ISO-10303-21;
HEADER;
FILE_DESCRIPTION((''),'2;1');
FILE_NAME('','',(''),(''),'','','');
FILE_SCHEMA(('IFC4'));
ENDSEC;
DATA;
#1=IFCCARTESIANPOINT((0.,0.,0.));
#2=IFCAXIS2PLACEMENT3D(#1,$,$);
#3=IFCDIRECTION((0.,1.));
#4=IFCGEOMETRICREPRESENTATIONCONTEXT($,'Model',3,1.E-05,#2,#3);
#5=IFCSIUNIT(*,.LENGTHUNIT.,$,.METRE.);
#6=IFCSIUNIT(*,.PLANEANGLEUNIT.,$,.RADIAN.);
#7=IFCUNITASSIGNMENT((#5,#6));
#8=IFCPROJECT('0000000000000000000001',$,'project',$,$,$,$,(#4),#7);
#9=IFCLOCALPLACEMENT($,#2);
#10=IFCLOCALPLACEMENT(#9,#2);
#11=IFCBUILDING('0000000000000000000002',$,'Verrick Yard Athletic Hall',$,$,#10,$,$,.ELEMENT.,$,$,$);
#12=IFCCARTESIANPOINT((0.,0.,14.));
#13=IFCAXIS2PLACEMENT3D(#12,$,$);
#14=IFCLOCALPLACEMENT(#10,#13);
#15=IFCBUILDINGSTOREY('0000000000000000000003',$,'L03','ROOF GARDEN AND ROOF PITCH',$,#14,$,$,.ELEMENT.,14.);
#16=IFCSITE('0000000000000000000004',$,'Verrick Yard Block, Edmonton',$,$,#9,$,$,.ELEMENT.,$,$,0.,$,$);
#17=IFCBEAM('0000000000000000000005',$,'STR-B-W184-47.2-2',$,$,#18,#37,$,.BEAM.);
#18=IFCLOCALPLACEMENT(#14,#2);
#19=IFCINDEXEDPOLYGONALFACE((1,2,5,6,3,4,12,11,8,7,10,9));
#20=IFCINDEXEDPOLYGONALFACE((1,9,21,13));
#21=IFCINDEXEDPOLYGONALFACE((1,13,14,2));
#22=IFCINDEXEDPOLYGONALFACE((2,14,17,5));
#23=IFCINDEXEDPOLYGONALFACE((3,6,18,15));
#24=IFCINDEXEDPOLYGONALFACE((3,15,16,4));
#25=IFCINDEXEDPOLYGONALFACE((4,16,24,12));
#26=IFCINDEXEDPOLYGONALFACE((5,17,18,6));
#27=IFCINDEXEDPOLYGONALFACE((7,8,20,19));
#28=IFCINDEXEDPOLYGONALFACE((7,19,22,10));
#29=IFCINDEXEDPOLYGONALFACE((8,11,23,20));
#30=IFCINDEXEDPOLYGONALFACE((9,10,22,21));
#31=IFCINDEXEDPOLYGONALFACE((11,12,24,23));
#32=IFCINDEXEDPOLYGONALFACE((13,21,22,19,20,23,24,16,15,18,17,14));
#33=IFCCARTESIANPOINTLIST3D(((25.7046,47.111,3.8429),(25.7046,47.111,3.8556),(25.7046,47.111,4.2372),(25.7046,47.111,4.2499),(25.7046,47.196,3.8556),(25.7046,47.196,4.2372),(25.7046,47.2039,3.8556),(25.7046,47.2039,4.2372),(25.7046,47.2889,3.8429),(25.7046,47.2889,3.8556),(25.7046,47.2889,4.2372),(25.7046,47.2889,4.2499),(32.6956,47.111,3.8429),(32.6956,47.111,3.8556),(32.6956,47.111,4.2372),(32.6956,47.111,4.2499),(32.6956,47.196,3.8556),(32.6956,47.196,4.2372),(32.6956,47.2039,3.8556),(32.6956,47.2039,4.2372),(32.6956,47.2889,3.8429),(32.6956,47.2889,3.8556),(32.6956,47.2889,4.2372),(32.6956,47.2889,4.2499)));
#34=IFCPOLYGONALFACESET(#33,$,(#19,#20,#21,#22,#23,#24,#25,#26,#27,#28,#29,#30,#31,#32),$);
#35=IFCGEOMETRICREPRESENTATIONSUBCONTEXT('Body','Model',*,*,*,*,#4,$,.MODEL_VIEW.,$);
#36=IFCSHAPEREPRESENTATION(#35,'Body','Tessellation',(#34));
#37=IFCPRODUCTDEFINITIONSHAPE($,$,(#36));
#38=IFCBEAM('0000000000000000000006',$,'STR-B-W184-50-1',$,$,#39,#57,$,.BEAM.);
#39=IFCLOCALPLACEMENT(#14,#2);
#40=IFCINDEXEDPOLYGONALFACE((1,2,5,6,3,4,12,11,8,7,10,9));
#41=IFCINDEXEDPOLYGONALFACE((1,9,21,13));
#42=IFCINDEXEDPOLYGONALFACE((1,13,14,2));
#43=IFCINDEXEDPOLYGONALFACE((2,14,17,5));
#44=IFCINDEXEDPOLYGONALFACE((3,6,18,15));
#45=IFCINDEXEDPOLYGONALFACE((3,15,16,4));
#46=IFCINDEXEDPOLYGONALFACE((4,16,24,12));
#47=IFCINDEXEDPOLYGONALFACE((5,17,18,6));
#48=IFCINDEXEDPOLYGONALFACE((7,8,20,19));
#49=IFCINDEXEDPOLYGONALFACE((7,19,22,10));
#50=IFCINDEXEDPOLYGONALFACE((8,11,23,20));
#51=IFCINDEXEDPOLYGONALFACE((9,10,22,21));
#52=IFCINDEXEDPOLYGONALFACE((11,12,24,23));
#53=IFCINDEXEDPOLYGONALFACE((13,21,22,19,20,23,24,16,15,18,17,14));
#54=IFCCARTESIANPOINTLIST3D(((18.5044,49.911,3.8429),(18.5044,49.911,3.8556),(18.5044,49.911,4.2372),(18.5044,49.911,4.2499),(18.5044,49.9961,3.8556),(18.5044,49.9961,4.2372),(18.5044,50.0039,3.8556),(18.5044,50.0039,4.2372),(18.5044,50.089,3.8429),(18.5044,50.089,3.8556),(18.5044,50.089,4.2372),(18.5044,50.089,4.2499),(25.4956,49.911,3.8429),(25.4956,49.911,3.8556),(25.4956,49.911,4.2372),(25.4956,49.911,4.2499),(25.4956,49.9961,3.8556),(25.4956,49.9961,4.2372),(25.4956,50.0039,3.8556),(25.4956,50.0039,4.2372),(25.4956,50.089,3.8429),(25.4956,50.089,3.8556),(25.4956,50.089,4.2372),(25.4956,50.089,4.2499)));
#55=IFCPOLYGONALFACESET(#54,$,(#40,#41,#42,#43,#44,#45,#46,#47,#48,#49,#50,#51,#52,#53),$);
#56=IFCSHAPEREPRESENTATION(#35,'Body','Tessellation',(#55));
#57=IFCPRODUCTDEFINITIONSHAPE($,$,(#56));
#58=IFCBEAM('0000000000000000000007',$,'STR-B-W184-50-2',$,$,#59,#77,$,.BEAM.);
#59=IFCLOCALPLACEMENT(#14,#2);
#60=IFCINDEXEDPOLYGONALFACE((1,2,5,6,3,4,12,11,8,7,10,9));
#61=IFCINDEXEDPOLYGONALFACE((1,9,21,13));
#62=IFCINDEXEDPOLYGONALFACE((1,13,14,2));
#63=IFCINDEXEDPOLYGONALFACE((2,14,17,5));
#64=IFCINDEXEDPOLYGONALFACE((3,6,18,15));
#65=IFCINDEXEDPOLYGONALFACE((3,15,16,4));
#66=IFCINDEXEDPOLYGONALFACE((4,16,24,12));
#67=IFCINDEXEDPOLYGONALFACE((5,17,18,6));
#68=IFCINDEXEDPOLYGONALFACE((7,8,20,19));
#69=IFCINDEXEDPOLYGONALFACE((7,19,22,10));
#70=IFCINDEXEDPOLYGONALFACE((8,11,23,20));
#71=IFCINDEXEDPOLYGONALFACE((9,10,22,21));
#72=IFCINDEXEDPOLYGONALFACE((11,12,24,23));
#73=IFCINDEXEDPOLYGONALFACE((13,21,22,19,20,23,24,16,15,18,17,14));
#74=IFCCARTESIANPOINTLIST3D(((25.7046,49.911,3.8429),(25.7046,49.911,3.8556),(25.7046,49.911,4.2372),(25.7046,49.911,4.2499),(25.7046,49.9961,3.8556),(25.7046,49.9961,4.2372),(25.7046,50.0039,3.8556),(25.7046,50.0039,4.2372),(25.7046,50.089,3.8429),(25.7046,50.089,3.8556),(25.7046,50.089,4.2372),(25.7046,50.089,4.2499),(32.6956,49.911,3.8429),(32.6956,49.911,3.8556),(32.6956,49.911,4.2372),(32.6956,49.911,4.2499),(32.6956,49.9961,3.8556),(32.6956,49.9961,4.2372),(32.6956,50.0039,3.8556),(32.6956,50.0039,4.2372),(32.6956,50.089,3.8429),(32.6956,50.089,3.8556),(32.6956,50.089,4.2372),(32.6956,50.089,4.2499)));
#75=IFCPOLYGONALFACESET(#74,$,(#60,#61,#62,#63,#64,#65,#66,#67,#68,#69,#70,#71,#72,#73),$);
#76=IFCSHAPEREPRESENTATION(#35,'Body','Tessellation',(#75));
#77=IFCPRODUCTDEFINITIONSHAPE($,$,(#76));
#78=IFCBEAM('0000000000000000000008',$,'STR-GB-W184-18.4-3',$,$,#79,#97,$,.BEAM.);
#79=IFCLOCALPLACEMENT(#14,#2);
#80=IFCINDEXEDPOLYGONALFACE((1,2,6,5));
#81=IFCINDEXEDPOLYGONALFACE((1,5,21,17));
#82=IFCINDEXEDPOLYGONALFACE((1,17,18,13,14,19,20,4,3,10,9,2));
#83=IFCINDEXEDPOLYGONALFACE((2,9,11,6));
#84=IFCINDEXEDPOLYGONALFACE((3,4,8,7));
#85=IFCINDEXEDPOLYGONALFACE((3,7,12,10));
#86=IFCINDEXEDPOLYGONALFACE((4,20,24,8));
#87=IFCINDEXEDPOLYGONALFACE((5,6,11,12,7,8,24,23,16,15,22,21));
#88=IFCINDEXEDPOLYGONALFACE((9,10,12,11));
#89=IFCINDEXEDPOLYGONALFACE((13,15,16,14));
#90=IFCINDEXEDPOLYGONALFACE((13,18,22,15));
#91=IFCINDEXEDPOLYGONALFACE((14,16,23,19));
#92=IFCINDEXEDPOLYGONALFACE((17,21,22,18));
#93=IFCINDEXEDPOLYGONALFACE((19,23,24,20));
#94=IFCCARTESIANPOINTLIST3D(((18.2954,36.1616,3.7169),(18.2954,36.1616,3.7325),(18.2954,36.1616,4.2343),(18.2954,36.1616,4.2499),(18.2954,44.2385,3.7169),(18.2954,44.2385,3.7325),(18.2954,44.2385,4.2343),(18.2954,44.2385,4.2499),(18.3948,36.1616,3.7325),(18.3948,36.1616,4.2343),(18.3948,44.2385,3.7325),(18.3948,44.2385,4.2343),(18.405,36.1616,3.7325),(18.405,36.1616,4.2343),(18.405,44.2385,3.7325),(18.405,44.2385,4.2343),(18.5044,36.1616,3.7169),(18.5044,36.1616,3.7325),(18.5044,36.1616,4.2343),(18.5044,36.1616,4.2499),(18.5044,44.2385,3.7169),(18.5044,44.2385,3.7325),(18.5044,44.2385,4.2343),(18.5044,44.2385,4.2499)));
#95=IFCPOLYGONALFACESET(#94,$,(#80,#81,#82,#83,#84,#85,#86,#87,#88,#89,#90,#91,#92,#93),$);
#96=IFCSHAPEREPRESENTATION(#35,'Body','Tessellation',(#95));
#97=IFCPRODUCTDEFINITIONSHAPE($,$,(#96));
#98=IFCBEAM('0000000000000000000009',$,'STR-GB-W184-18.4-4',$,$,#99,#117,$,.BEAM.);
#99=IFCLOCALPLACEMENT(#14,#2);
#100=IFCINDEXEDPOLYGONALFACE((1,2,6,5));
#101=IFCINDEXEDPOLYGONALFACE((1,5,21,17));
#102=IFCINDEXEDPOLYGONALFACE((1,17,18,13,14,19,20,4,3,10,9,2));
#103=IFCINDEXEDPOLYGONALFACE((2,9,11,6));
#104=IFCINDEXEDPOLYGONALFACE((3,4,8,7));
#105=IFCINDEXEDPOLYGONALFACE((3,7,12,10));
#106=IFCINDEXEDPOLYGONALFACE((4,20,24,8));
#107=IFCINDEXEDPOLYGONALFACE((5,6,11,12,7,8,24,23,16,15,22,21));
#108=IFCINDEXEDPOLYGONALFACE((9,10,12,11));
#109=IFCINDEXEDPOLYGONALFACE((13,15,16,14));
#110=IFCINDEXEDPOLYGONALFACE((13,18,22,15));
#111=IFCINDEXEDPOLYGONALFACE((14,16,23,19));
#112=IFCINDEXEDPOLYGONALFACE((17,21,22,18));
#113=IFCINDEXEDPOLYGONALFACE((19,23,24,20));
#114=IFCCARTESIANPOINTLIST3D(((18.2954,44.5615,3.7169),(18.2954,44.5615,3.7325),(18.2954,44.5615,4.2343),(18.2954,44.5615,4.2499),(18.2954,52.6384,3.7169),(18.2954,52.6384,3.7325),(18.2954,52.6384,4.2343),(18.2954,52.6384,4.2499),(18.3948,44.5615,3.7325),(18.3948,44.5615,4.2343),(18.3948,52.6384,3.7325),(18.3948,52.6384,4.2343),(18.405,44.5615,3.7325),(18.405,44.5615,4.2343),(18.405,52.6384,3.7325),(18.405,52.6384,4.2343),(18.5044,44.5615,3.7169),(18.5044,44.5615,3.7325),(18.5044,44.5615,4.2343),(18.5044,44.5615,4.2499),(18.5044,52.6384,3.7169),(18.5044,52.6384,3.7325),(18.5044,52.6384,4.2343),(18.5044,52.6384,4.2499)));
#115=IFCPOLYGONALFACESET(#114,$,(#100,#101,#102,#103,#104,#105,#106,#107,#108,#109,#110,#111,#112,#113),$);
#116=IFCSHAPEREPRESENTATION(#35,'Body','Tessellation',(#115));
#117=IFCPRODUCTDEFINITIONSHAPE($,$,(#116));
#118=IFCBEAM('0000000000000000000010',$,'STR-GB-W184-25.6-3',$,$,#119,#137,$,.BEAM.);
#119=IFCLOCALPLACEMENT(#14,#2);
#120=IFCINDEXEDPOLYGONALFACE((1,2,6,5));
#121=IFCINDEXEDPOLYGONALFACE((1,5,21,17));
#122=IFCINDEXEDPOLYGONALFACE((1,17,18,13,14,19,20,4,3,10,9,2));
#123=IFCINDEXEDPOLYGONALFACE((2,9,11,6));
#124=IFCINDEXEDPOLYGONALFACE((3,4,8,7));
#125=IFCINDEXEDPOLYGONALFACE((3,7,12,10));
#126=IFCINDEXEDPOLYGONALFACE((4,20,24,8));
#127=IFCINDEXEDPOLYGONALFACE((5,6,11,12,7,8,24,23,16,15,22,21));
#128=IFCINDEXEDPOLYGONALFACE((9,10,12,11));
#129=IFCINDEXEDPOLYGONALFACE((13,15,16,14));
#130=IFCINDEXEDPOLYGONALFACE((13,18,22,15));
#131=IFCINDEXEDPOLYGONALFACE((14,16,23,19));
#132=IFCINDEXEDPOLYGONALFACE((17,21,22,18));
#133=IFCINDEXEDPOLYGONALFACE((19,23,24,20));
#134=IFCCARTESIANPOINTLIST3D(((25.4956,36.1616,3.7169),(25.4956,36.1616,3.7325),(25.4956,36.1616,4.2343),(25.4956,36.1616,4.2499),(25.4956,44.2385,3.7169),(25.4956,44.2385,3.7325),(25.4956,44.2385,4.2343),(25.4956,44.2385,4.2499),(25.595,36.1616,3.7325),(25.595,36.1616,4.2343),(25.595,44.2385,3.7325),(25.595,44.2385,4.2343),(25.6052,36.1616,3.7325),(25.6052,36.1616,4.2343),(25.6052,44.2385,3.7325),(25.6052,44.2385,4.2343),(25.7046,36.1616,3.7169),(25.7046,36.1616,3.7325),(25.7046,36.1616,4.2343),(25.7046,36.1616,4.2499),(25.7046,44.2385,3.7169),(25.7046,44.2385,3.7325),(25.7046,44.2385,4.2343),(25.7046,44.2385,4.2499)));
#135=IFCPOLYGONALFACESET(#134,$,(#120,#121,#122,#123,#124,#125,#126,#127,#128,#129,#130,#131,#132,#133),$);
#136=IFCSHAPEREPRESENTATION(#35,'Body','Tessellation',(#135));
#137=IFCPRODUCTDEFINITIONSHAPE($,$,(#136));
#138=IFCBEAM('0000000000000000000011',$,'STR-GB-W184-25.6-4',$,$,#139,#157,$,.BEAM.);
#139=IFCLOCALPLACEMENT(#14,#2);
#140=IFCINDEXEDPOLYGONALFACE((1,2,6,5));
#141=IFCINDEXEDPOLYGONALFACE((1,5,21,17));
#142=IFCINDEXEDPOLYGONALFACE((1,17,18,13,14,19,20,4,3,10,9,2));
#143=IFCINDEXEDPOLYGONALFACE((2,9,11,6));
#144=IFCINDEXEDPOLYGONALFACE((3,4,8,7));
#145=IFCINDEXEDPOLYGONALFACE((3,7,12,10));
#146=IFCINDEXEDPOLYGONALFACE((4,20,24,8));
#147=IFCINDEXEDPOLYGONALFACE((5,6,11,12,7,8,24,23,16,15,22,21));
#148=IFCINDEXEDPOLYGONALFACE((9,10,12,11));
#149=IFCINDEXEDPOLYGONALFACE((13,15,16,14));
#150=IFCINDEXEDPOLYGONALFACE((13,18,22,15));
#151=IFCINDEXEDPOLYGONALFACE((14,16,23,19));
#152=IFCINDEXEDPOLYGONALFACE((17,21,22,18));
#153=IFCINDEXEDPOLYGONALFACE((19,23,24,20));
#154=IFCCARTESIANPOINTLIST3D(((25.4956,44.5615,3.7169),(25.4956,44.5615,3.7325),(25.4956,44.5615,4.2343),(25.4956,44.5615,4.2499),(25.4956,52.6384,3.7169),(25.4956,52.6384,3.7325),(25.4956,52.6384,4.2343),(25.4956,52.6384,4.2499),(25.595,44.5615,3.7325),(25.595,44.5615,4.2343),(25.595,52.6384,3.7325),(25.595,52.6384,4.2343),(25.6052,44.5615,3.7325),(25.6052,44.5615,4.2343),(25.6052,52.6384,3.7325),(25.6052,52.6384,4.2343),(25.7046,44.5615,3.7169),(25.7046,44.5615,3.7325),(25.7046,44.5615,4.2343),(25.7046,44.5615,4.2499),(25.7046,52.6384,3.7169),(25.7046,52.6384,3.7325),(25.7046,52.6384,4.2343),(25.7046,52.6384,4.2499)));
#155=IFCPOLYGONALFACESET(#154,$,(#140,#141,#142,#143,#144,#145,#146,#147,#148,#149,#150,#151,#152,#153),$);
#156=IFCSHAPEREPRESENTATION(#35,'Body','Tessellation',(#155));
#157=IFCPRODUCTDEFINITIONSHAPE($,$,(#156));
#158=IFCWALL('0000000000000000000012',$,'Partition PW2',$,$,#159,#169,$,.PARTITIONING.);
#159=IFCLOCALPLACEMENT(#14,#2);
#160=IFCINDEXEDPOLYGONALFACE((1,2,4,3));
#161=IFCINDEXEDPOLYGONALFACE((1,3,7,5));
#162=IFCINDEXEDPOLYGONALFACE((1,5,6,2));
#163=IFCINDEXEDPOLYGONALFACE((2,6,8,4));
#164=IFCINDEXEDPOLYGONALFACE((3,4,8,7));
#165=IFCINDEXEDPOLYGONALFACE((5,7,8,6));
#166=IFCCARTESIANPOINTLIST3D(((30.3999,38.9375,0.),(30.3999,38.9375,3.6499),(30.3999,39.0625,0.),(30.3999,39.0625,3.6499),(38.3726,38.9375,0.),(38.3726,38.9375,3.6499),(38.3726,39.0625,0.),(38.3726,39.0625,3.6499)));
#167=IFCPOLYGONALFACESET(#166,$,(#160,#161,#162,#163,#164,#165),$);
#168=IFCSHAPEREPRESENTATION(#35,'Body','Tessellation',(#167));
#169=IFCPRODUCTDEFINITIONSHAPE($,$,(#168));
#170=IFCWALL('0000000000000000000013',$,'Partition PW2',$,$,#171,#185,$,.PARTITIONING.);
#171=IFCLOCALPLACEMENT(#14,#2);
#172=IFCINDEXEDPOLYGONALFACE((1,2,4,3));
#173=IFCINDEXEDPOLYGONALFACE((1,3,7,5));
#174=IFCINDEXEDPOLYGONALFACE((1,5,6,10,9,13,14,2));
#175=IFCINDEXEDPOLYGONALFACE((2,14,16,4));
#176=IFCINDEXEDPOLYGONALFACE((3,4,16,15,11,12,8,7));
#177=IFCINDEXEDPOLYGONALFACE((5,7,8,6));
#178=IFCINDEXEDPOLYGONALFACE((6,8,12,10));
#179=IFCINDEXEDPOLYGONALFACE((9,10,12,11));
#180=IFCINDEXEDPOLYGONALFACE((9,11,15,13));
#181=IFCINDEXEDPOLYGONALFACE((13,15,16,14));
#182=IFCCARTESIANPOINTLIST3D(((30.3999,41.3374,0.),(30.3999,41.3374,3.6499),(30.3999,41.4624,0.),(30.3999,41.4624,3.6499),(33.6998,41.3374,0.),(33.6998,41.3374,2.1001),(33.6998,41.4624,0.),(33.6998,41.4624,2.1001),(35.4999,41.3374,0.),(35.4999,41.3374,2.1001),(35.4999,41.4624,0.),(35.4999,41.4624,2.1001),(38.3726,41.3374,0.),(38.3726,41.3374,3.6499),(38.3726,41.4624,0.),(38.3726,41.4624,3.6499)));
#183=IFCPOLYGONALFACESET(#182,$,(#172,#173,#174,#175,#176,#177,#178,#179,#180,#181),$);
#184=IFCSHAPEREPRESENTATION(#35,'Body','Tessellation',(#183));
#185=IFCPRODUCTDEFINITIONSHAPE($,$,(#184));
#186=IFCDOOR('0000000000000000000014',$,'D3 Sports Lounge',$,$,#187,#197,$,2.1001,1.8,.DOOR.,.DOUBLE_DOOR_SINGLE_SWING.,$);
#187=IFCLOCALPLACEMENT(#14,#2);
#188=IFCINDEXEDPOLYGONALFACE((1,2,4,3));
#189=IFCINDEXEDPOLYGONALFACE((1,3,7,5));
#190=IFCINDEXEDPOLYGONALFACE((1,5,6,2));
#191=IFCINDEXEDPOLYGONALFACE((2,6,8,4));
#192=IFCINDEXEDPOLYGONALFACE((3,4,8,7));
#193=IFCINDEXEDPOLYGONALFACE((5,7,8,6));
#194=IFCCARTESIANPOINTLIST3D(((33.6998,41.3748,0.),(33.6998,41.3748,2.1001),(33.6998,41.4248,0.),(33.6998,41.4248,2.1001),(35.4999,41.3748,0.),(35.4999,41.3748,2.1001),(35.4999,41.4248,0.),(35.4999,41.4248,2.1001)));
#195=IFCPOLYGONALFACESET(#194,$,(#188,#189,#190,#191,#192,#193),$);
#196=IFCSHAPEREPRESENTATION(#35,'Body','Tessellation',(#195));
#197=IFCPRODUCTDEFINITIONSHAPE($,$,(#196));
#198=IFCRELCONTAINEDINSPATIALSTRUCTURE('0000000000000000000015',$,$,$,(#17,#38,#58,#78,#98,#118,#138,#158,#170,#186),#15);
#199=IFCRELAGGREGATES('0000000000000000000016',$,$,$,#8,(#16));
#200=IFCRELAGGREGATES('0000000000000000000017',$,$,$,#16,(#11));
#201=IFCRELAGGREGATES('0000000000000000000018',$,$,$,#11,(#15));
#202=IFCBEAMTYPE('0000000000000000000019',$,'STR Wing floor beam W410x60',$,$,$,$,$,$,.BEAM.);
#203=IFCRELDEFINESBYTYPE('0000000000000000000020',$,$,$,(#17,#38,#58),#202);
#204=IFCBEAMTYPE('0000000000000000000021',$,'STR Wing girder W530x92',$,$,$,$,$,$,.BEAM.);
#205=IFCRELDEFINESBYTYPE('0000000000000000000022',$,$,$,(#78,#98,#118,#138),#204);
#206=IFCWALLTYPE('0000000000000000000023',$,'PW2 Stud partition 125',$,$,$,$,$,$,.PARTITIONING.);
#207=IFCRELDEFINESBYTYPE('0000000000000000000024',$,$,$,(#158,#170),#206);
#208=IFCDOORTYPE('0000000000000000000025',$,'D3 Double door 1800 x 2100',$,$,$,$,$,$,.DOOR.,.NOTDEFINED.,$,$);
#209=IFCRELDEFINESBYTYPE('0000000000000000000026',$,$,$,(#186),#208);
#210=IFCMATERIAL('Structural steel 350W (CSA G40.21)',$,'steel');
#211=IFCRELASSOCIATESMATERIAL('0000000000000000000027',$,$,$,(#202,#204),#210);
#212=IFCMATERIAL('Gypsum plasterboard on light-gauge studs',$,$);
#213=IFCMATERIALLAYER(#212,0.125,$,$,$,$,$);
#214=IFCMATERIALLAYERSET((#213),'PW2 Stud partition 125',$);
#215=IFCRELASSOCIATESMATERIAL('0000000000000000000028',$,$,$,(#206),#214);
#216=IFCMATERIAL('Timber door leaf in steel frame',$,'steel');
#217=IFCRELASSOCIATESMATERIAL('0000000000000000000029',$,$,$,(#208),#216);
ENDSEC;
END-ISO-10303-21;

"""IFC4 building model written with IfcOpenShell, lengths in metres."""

from ifc_helpers import new_model, si_unit, direction, frame, frame_2d, origin, origin_2d, place, context, subcontext, project, spatial, rectangle, i_section, extrude, material, layer, layer_set, material_profile, profile_set, type_object, element, fill, save


model = new_model("IFC4")

# Units and contexts
model_context = context("Model", 3, precision=1e-05, world=origin(), true_north=direction((0.0, 1.0)))
body_context = subcontext(model_context, "Body", "Model", "MODEL_VIEW")
ifc_project = project(units=[si_unit("LENGTHUNIT", "METRE"), si_unit("PLANEANGLEUNIT", "RADIAN")], contexts=[model_context])

# Site, building, storey
site_placement = place(None, origin())
site = spatial("IfcSite", under=ifc_project, at=site_placement, Name="Verrick Yard Block, Edmonton", CompositionType="ELEMENT", RefElevation=0.0)
building_placement = place(site_placement, origin())
building = spatial("IfcBuilding", under=site, at=building_placement, Name="Verrick Yard Athletic Hall", CompositionType="ELEMENT")
storey_placement = place(building_placement, frame((0.0, 0.0, 14.0)))
storey = spatial("IfcBuildingStorey", under=building, at=storey_placement, Name="L03", Description="ROOF GARDEN AND ROOF PITCH", CompositionType="ELEMENT", Elevation=14.0)

# Shared definitions
ifc_material_1 = material(Name="Structural steel 350W (CSA G40.21)", Category="steel")

# Beams
ifc_material_profile_1 = material_profile(ifc_material_1, i_section(OverallWidth=0.178, OverallDepth=0.407, WebThickness=0.0078, FlangeThickness=0.0127, at=origin_2d()), Name="W410x60")
ifc_profile_set_1 = profile_set([ifc_material_profile_1], Name="Structural steel 350W (CSA G40.21)")
beam_type_1 = type_object("IfcBeamType", Name="STR Wing floor beam W410x60", PredefinedType="BEAM", material=ifc_profile_set_1)
beam_1_placement = place(storey_placement, frame((25.7046, 47.2, 4.0464), z_axis=(1.0, 0.0, 0.0), x_axis=(0.0, 1.0, 0.0)))
element("IfcBeam", 1, at=beam_1_placement, inside=storey, type_object=beam_type_1, Name="STR-B-W184-47.2-2", PredefinedType="BEAM", context=body_context, shape_type="SweptSolid", body=[
    extrude(i_section(OverallWidth=0.178, OverallDepth=0.407, WebThickness=0.0078, FlangeThickness=0.0127, at=origin_2d()), origin(), (0.0, 0.0, 1.0), 6.991),
])
beam_2_placement = place(storey_placement, frame((18.5044, 50.0, 4.0464), z_axis=(1.0, 0.0, 0.0), x_axis=(0.0, 1.0, 0.0)))
element("IfcBeam", 2, at=beam_2_placement, inside=storey, type_object=beam_type_1, Name="STR-B-W184-50-1", PredefinedType="BEAM", context=body_context, shape_type="SweptSolid", body=[
    extrude(i_section(OverallWidth=0.178, OverallDepth=0.407, WebThickness=0.0078, FlangeThickness=0.0127, at=origin_2d()), origin(), (0.0, 0.0, 1.0), 6.9912),
])
beam_3_placement = place(storey_placement, frame((25.7046, 50.0, 4.0464), z_axis=(1.0, 0.0, 0.0), x_axis=(0.0, 1.0, 0.0)))
element("IfcBeam", 3, at=beam_3_placement, inside=storey, type_object=beam_type_1, Name="STR-B-W184-50-2", PredefinedType="BEAM", context=body_context, shape_type="SweptSolid", body=[
    extrude(i_section(OverallWidth=0.178, OverallDepth=0.407, WebThickness=0.0078, FlangeThickness=0.0127, at=origin_2d()), origin(), (0.0, 0.0, 1.0), 6.991),
])
ifc_material_profile_2 = material_profile(ifc_material_1, i_section(OverallWidth=0.209, OverallDepth=0.533, WebThickness=0.0103, FlangeThickness=0.0156, at=origin_2d()), Name="W530x92")
ifc_profile_set_2 = profile_set([ifc_material_profile_2], Name="Structural steel 350W (CSA G40.21)")
beam_type_2 = type_object("IfcBeamType", Name="STR Wing girder W530x92", PredefinedType="BEAM", material=ifc_profile_set_2)
for number, where, z_axis, x_axis, name in (
    (4, (18.3999, 36.1616, 3.9834), (0.0, 1.0, 0.0), (-1.0, 0.0, 0.0), "STR-GB-W184-18.4-3"),
    (5, (18.3999, 44.5615, 3.9834), (0.0, 1.0, 0.0), (-1.0, 0.0, 0.0), "STR-GB-W184-18.4-4"),
    (6, (25.6001, 36.1616, 3.9834), (0.0, 1.0, 0.0), (-1.0, 0.0, 0.0), "STR-GB-W184-25.6-3"),
    (7, (25.6001, 44.5615, 3.9834), (0.0, 1.0, 0.0), (-1.0, 0.0, 0.0), "STR-GB-W184-25.6-4"),
):
    element("IfcBeam", number, at=place(storey_placement, frame(where, z_axis=z_axis, x_axis=x_axis)), inside=storey, type_object=beam_type_2, Name=name, PredefinedType="BEAM", context=body_context, shape_type="SweptSolid", body=[
        extrude(i_section(OverallWidth=0.209, OverallDepth=0.533, WebThickness=0.0103, FlangeThickness=0.0156, at=origin_2d()), origin(), (0.0, 0.0, 1.0), 8.0769),
    ])

# Wall
ifc_material_2 = material(Name="Gypsum plasterboard on light-gauge studs")
ifc_layer = layer(ifc_material_2, 0.125)
ifc_layer_set = layer_set([ifc_layer], Name="PW2 Stud partition 125")
wall_type = type_object("IfcWallType", Name="PW2 Stud partition 125", PredefinedType="PARTITIONING", material=ifc_layer_set)
wall_1_placement = place(storey_placement, frame((30.3999, 39.0, 0.0), z_axis=(0.0, 0.0, 1.0), x_axis=(1.0, 0.0, 0.0)))
element("IfcWall", 8, at=wall_1_placement, inside=storey, type_object=wall_type, Name="Partition PW2", PredefinedType="PARTITIONING", context=body_context, shape_type="SweptSolid", body=[
    extrude(rectangle(XDim=7.9727, YDim=0.125, at=frame_2d((3.9863, 0.0))), origin(), (0.0, 0.0, 1.0), 3.6499),
])

# Wall, opening, door
wall_2_placement = place(storey_placement, frame((30.3999, 41.3999, 0.0), z_axis=(0.0, 0.0, 1.0), x_axis=(1.0, 0.0, 0.0)))
wall_2 = element("IfcWall", 9, at=wall_2_placement, inside=storey, type_object=wall_type, Name="Partition PW2", PredefinedType="PARTITIONING", context=body_context, shape_type="SweptSolid", body=[
    extrude(rectangle(XDim=7.9727, YDim=0.125, at=frame_2d((3.9863, 0.0))), origin(), (0.0, 0.0, 1.0), 3.6499),
])
opening_1_placement = place(wall_2_placement, frame((3.3, 0.0, 0.0)))
opening_1 = element("IfcOpeningElement", 10, at=opening_1_placement, cuts=wall_2, PredefinedType="OPENING", context=body_context, shape_type="SweptSolid", body=[
    extrude(rectangle(XDim=1.8, YDim=2.1001, at=frame_2d((0.8999, 1.05))), frame((0.0, 0.0725, 0.0), z_axis=(0.0, -1.0, 0.0), x_axis=(1.0, 0.0, 0.0)), (0.0, 0.0, 1.0), 0.145),
])
ifc_material_3 = material(Name="Timber door leaf in steel frame", Category="steel")
door_type = type_object("IfcDoorType", Name="D3 Double door 1800 x 2100", OperationType="NOTDEFINED", PredefinedType="DOOR", material=ifc_material_3)
door_1_placement = place(opening_1_placement, origin())
door_1 = element("IfcDoor", 11, at=door_1_placement, inside=storey, type_object=door_type, Name="D3 Sports Lounge", OperationType="DOUBLE_DOOR_SINGLE_SWING", OverallHeight=2.1001, OverallWidth=1.8, PredefinedType="DOOR", context=body_context, shape_type="SweptSolid", body=[
    extrude(rectangle(XDim=1.8, YDim=2.1001, at=frame_2d((0.8999, 1.05))), frame((0.0, 0.0249, 0.0), z_axis=(0.0, -1.0, 0.0), x_axis=(1.0, 0.0, 0.0)), (0.0, 0.0, 1.0), 0.05),
])
fill(opening_1, door_1)

save(model, "model.ifc")
